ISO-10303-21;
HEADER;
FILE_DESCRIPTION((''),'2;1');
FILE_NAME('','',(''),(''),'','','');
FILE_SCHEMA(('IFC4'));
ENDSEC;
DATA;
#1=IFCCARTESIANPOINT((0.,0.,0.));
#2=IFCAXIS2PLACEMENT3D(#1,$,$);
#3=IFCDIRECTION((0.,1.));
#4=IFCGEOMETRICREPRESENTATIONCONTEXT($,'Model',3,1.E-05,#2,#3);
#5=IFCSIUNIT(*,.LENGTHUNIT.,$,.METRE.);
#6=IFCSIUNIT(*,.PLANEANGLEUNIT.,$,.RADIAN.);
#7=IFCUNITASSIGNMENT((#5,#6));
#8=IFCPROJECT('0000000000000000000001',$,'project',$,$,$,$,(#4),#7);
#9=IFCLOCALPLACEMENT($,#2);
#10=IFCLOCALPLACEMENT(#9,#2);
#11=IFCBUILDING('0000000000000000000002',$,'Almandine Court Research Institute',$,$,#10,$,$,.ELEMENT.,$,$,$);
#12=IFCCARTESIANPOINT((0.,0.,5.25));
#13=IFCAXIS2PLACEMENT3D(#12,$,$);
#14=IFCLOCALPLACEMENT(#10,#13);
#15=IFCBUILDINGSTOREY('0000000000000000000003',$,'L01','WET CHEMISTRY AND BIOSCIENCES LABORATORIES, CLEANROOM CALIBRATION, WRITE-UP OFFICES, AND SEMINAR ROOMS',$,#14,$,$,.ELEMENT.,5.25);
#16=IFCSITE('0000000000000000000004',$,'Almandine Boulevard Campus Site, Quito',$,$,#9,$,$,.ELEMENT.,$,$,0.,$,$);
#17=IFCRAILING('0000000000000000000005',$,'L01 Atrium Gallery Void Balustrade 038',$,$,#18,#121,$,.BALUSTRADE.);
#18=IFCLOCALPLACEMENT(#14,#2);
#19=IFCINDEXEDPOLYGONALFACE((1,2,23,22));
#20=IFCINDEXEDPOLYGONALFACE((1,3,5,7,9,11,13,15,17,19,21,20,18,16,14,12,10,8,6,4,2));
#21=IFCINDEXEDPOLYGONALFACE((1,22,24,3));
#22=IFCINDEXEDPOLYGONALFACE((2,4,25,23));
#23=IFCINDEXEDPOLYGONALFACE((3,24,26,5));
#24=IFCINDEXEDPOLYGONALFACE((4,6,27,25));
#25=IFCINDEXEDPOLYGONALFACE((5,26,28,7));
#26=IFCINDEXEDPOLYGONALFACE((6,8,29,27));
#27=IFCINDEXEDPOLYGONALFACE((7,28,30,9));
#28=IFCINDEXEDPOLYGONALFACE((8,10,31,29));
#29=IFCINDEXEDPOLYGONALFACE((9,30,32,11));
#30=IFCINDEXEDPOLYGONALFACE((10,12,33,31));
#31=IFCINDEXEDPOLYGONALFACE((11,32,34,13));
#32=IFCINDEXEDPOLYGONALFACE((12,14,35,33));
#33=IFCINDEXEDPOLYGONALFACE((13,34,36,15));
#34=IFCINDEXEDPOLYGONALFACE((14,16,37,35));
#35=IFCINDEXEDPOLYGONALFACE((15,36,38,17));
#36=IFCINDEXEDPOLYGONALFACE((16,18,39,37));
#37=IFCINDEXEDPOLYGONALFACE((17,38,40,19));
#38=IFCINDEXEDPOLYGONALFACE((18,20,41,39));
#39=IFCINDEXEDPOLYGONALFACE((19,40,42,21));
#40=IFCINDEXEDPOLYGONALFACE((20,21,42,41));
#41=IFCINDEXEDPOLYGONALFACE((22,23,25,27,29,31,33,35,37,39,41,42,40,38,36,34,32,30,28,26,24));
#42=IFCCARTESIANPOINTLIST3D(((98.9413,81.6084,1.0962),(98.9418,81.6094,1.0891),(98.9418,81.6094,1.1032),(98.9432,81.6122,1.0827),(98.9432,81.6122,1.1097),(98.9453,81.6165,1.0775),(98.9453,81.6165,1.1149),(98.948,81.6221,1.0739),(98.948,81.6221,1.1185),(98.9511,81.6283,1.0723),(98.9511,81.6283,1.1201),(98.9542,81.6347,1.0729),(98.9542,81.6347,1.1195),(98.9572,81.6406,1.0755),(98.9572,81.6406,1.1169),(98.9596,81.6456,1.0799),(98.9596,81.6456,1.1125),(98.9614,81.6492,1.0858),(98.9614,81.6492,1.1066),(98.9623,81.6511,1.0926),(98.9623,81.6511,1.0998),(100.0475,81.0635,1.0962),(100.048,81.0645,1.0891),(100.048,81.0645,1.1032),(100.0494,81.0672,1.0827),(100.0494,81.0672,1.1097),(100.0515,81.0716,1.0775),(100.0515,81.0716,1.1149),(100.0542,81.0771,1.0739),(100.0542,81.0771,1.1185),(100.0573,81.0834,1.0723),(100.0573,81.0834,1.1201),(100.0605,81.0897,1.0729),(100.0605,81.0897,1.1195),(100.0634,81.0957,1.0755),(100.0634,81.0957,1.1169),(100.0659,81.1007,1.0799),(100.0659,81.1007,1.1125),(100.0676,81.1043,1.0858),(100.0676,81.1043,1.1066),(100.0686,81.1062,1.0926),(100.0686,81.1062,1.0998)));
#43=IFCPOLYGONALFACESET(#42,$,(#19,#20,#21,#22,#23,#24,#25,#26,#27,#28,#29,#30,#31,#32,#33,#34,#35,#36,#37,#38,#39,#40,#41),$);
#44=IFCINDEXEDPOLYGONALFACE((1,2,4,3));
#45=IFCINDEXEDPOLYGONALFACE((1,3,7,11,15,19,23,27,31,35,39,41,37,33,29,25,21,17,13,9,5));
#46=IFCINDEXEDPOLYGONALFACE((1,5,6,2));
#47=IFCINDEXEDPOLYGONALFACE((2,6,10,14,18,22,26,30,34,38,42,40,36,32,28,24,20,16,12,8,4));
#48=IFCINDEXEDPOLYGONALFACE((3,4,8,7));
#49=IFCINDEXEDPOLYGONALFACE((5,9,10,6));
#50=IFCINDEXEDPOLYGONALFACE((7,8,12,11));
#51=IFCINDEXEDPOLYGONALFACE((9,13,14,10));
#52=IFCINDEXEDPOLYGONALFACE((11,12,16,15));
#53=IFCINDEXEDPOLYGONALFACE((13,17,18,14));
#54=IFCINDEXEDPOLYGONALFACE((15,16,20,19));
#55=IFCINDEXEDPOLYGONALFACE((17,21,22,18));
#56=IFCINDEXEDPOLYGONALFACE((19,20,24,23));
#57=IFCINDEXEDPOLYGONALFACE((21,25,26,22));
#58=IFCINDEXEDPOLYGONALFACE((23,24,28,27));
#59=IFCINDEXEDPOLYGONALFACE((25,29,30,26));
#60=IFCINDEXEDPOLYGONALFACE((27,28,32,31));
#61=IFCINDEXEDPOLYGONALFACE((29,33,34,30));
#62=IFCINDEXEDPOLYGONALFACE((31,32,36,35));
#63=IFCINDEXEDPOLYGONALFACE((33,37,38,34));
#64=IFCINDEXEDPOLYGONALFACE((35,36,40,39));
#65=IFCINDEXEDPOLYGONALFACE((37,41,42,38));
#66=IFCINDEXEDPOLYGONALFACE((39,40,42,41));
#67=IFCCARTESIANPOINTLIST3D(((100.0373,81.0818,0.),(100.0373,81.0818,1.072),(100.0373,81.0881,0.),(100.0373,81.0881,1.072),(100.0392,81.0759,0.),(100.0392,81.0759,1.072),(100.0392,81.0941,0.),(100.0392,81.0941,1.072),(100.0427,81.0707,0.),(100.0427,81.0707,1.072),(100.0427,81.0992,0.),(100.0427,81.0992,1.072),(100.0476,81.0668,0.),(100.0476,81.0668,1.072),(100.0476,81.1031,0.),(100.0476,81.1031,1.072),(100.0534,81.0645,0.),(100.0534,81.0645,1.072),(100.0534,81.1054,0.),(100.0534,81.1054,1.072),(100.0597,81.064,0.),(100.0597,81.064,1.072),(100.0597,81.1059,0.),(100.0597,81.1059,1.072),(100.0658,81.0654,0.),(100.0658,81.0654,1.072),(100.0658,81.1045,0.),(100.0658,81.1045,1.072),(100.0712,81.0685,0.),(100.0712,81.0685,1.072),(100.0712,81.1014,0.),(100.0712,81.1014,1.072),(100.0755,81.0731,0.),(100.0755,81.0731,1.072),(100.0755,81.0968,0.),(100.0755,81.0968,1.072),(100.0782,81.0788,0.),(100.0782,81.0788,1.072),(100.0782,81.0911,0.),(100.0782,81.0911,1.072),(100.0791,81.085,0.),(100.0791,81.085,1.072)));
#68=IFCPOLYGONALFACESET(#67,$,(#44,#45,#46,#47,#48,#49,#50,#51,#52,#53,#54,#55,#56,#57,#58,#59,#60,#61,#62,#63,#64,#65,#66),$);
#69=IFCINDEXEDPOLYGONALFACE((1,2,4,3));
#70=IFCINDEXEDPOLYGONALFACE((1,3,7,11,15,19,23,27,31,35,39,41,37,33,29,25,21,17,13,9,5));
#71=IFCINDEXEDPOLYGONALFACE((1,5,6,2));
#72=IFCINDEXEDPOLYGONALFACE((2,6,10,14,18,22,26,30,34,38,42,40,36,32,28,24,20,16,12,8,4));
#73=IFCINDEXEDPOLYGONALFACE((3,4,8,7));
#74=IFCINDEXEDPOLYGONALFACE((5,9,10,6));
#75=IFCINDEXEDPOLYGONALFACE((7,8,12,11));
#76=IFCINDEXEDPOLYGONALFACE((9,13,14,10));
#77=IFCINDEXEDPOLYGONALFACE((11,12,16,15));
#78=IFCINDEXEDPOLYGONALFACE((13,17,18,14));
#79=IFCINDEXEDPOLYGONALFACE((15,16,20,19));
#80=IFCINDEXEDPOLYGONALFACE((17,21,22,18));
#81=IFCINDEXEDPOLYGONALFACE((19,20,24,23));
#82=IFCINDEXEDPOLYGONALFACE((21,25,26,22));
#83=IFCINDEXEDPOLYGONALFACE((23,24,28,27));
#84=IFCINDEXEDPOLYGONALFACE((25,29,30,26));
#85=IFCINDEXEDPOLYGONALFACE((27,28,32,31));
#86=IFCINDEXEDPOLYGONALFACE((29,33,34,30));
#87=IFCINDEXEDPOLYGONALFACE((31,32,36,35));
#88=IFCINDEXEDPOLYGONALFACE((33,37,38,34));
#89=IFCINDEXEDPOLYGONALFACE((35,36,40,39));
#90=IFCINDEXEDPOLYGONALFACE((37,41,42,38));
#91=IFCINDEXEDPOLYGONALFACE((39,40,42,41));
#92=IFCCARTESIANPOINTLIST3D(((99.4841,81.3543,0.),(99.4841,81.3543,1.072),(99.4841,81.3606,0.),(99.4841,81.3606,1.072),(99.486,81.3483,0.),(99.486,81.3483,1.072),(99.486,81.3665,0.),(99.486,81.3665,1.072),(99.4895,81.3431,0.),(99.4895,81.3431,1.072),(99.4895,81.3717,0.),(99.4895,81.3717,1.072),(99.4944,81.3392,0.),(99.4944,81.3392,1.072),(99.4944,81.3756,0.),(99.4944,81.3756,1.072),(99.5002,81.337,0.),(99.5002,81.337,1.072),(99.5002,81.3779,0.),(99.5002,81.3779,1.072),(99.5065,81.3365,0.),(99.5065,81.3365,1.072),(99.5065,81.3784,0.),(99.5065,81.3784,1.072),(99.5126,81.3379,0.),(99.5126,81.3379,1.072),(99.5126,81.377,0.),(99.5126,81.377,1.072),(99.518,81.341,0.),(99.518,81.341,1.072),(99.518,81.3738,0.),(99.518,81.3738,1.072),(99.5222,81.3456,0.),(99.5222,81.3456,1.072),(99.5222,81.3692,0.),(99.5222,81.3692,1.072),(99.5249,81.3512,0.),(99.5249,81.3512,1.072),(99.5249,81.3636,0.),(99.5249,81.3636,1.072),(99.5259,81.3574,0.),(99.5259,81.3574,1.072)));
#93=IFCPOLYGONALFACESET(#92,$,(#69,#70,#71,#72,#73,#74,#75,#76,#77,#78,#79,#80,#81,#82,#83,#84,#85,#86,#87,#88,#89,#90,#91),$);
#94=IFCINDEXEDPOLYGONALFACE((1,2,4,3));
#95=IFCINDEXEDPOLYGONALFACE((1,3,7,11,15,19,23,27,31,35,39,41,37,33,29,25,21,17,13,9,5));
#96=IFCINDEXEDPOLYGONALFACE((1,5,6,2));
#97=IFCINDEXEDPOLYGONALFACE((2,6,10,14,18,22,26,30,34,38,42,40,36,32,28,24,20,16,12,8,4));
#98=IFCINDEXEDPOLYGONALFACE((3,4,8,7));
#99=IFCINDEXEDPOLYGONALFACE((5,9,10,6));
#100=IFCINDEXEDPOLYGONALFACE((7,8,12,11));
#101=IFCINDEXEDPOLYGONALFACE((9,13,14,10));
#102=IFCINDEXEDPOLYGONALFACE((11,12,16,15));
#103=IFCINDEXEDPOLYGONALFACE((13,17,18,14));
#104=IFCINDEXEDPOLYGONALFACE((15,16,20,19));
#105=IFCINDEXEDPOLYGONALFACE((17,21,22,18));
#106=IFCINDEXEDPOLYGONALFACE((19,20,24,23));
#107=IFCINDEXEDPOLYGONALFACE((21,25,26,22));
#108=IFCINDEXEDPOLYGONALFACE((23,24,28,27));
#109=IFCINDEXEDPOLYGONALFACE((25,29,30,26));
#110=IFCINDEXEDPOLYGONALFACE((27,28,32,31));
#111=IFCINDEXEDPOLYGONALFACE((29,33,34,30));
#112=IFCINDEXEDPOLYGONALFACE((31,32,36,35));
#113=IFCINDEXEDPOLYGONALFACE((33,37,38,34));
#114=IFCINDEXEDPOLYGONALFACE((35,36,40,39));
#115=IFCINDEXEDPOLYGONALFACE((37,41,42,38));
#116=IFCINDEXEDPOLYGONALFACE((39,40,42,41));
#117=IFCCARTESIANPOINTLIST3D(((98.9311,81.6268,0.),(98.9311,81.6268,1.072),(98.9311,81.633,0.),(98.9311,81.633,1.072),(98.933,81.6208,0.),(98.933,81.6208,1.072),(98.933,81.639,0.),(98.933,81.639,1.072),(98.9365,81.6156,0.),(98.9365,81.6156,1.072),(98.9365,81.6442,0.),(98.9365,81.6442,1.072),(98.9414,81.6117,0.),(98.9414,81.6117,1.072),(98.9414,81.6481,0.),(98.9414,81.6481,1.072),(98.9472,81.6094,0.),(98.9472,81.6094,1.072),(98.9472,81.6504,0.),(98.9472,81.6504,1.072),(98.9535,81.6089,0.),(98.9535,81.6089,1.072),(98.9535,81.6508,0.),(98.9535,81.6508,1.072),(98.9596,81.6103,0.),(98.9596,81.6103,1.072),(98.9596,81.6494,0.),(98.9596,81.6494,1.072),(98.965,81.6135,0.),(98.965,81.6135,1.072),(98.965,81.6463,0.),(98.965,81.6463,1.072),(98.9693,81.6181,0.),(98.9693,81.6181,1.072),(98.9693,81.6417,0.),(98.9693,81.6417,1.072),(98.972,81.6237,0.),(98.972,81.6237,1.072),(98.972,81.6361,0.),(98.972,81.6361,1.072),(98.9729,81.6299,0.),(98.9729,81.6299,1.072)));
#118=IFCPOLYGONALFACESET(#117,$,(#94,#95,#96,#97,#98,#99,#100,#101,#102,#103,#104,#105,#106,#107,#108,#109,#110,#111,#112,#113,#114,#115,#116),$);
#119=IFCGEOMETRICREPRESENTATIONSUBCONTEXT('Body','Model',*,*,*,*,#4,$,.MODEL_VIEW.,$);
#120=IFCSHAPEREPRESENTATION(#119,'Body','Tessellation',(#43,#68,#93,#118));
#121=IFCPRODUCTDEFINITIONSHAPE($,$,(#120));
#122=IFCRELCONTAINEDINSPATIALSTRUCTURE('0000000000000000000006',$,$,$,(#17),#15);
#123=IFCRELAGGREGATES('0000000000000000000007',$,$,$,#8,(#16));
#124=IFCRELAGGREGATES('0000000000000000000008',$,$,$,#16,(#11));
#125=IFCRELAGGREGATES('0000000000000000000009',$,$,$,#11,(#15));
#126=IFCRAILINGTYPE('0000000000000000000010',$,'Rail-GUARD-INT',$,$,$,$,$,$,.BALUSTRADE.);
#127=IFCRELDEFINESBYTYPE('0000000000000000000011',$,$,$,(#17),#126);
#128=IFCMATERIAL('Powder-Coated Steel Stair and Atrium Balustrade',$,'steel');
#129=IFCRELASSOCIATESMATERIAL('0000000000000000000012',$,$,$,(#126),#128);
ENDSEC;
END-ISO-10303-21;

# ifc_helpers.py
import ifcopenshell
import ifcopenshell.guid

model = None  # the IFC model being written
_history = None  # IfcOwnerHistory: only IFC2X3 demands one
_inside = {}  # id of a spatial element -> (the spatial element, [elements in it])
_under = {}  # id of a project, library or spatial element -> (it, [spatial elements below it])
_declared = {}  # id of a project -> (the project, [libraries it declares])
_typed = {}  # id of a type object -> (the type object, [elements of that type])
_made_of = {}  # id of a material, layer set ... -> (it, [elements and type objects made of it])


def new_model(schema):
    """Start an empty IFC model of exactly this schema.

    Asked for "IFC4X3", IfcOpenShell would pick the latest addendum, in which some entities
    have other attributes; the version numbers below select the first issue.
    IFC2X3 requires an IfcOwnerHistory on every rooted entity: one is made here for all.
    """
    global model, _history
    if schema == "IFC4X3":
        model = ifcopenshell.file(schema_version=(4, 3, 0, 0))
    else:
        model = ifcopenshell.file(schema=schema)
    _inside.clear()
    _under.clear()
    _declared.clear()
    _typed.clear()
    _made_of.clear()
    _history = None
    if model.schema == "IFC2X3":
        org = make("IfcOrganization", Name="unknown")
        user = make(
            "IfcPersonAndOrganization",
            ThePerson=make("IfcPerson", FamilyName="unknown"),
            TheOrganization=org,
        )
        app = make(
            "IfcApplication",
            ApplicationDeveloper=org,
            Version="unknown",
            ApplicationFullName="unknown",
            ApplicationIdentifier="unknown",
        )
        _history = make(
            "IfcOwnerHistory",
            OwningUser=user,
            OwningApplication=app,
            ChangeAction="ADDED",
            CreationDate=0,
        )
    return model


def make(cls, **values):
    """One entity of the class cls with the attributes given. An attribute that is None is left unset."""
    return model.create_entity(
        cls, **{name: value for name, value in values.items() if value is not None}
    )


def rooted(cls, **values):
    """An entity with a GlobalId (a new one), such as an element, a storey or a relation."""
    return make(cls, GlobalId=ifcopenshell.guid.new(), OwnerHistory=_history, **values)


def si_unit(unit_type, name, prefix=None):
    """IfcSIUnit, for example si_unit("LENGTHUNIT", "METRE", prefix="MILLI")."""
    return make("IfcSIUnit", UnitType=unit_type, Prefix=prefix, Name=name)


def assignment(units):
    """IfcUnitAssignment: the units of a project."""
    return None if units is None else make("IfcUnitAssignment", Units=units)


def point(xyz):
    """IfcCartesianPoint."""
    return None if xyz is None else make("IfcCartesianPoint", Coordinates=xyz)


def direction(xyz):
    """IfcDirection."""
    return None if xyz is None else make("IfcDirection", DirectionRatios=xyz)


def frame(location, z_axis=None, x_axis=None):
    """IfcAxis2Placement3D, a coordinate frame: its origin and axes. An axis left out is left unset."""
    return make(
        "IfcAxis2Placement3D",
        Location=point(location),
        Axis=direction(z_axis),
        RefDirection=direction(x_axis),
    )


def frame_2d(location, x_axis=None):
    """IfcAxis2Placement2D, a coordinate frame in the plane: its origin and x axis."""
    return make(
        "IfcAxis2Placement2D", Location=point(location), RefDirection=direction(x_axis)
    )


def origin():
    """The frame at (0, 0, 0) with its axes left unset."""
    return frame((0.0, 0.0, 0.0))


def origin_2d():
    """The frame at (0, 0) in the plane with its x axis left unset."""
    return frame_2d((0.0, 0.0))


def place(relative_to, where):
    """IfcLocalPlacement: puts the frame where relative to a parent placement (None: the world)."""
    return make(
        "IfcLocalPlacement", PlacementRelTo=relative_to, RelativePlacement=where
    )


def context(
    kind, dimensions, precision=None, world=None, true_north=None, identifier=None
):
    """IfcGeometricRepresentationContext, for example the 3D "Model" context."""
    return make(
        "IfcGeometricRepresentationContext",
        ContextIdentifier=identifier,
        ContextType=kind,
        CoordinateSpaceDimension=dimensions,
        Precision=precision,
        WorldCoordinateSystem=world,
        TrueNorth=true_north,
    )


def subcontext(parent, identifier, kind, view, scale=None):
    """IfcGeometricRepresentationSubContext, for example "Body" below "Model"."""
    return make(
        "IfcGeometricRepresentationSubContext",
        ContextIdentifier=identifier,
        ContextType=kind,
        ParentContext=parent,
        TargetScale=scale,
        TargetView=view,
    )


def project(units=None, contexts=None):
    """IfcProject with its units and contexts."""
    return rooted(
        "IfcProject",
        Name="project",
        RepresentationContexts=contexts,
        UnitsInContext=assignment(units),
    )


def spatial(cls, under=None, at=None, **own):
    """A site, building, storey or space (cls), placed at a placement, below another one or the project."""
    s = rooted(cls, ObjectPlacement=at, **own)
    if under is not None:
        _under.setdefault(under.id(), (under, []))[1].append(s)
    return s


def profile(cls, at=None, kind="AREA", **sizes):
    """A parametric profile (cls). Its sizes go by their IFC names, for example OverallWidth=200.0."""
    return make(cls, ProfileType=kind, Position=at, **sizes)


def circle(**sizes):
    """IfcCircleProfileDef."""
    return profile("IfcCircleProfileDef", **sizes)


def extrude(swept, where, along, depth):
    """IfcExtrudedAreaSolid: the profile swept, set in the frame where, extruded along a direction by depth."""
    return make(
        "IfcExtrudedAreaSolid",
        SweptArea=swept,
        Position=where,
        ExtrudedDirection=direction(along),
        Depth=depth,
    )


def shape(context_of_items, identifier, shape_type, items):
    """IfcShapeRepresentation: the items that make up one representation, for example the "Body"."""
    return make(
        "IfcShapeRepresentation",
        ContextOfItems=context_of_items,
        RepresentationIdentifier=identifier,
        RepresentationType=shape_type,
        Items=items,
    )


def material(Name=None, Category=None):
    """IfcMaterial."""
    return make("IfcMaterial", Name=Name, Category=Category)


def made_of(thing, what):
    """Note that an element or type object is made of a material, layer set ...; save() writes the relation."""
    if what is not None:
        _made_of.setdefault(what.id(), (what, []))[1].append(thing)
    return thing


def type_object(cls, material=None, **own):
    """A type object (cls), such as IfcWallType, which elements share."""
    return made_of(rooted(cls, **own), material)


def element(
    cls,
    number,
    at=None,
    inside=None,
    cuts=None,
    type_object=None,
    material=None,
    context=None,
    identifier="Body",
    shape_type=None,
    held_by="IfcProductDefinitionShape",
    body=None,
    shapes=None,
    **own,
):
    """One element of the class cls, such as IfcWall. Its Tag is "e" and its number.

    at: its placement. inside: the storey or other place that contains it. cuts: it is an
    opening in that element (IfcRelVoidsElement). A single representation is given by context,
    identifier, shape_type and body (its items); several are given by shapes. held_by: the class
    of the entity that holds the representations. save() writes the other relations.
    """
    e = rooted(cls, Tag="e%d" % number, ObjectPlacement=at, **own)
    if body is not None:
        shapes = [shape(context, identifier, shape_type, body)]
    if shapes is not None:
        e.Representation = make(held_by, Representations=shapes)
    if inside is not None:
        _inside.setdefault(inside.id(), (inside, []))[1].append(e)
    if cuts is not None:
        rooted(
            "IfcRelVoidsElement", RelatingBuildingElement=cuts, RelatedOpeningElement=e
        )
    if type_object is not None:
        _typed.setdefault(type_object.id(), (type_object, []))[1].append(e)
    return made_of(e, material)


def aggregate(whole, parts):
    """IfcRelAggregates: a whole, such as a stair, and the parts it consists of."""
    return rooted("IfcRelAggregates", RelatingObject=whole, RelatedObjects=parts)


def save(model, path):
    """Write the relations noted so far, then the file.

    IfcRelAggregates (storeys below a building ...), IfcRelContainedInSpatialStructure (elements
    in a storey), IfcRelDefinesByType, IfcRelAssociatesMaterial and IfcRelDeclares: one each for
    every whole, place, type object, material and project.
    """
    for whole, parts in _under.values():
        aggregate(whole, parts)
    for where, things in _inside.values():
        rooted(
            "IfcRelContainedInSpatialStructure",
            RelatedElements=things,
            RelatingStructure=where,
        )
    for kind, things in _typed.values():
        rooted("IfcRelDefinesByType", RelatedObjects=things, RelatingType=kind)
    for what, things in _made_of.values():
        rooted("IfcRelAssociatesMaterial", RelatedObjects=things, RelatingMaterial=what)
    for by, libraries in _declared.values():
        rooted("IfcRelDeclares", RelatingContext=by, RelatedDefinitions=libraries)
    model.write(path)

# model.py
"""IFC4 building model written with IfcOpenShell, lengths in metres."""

from ifc_helpers import new_model, si_unit, direction, frame, origin, origin_2d, place, context, subcontext, project, spatial, circle, extrude, material, type_object, element, save


model = new_model("IFC4")

# Units and contexts
model_context = context("Model", 3, precision=1e-05, world=origin(), true_north=direction((0.0, 1.0)))
body_context = subcontext(model_context, "Body", "Model", "MODEL_VIEW")
ifc_project = project(units=[si_unit("LENGTHUNIT", "METRE"), si_unit("PLANEANGLEUNIT", "RADIAN")], contexts=[model_context])

# Site, building, storey
site_placement = place(None, origin())
site = spatial("IfcSite", under=ifc_project, at=site_placement, Name="Almandine Boulevard Campus Site, Quito", CompositionType="ELEMENT", RefElevation=0.0)
building_placement = place(site_placement, origin())
building = spatial("IfcBuilding", under=site, at=building_placement, Name="Almandine Court Research Institute", CompositionType="ELEMENT")
storey_placement = place(building_placement, frame((0.0, 0.0, 5.25)))
storey = spatial("IfcBuildingStorey", under=building, at=storey_placement, Name="L01", Description="WET CHEMISTRY AND BIOSCIENCES LABORATORIES, CLEANROOM CALIBRATION, WRITE-UP OFFICES, AND SEMINAR ROOMS", CompositionType="ELEMENT", Elevation=5.25)

# Railing
ifc_material_1 = material(Name="Powder-Coated Steel Stair and Atrium Balustrade", Category="steel")
railing_type = type_object("IfcRailingType", Name="Rail-GUARD-INT", PredefinedType="BALUSTRADE", material=ifc_material_1)
railing_1_placement = place(storey_placement, frame((100.0581, 81.085, 0.0)))
element("IfcRailing", 1, at=railing_1_placement, inside=storey, type_object=railing_type, Name="L01 Atrium Gallery Void Balustrade 038", PredefinedType="BALUSTRADE", context=body_context, shape_type="SweptSolid", body=[
    extrude(circle(Radius=0.0239, at=origin_2d()), frame((0.0, 0.0, 1.0962), z_axis=(-0.897064, 0.4419, 0.0), x_axis=(-0.4419, -0.897064, 0.0)), (0.0, 0.0, 1.0), 1.2332),
    extrude(circle(Radius=0.021, at=origin_2d()), origin(), (0.0, 0.0, 1.0), 1.072),
    extrude(circle(Radius=0.021, at=origin_2d()), frame((-0.5532, 0.2725, 0.0)), (0.0, 0.0, 1.0), 1.072),
    extrude(circle(Radius=0.021, at=origin_2d()), frame((-1.1062, 0.5449, 0.0)), (0.0, 0.0, 1.0), 1.072),
])

save(model, "model.ifc")
